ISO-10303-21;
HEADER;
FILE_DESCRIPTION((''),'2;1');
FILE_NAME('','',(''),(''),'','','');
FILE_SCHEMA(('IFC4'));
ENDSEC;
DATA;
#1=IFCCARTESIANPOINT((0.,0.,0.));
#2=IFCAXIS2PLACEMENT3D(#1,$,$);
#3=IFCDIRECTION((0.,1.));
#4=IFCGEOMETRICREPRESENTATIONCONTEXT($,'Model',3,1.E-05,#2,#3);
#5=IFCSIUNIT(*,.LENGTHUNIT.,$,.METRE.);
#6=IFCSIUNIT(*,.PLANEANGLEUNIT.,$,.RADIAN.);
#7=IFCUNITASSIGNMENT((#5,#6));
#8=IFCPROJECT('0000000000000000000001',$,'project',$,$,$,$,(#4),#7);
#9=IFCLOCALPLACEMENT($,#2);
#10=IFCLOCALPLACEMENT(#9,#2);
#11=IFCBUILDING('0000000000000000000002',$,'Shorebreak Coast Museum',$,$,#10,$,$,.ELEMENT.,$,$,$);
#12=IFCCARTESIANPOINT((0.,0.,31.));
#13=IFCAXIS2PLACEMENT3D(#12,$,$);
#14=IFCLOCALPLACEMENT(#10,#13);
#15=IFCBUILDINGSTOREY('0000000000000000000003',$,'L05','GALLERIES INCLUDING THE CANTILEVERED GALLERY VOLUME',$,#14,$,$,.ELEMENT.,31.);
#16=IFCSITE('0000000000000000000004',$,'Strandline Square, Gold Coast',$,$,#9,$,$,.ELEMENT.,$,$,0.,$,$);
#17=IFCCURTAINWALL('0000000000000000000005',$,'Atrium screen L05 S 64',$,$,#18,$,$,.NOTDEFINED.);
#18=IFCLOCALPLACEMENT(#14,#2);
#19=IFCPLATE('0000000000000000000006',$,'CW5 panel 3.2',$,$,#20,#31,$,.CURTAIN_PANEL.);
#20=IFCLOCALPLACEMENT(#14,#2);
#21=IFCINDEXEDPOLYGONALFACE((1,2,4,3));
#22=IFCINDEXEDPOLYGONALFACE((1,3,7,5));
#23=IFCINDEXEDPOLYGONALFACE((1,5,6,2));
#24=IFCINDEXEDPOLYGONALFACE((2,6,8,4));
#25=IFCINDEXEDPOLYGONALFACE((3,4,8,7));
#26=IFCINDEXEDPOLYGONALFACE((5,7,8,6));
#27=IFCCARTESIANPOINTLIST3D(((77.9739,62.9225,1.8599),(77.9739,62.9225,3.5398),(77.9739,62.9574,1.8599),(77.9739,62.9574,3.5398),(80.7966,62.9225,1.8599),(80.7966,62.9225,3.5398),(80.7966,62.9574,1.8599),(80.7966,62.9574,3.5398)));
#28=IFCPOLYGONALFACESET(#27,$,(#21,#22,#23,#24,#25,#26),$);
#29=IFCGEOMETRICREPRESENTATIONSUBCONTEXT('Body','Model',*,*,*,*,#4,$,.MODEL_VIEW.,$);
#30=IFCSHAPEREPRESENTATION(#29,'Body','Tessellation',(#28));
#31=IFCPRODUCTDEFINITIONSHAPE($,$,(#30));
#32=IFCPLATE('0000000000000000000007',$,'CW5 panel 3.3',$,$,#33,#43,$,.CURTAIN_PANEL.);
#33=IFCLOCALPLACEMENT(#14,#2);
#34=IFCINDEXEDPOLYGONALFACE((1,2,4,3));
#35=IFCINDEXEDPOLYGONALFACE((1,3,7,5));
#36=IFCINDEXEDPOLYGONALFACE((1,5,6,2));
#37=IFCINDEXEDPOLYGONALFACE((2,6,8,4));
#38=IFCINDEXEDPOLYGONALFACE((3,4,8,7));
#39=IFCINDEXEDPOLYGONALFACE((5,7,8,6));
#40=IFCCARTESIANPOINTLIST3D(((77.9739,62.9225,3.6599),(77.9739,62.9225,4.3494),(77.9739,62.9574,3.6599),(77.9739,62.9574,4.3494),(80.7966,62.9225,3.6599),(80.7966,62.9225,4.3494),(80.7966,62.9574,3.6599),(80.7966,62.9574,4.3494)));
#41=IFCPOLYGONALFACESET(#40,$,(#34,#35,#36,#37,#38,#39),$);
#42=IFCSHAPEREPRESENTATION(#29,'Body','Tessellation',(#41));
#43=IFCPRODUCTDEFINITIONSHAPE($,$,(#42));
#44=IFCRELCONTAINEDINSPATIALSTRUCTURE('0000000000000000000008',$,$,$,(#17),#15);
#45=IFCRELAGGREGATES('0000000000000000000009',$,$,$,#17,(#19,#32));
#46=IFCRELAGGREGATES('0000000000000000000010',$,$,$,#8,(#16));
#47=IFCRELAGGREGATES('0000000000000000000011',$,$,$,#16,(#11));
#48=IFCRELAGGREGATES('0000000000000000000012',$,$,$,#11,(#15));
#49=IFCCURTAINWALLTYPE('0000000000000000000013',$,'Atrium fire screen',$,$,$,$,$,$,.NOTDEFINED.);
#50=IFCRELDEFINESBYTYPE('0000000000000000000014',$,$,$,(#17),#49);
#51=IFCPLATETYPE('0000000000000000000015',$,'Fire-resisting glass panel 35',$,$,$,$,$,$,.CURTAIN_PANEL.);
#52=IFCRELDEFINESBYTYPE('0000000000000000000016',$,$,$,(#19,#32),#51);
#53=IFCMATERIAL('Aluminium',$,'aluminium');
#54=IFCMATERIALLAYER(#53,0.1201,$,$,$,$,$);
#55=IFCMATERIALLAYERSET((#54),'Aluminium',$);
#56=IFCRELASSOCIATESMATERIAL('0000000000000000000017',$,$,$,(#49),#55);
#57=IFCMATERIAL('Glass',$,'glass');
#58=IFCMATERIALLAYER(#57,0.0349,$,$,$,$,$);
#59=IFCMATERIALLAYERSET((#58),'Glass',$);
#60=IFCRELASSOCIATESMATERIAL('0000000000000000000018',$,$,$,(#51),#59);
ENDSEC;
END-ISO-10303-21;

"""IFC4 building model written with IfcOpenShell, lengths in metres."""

from ifc_helpers import new_model, si_unit, direction, frame, origin, origin_2d, place, context, subcontext, project, spatial, rectangle, extrude, material, layer, layer_set, type_object, element, aggregate, save


model = new_model("IFC4")

# Units and contexts
model_context = context("Model", 3, precision=1e-05, world=origin(), true_north=direction((0.0, 1.0)))
body_context = subcontext(model_context, "Body", "Model", "MODEL_VIEW")
ifc_project = project(units=[si_unit("LENGTHUNIT", "METRE"), si_unit("PLANEANGLEUNIT", "RADIAN")], contexts=[model_context])

# Site, building, storey
site_placement = place(None, origin())
site = spatial("IfcSite", under=ifc_project, at=site_placement, Name="Strandline Square, Gold Coast", CompositionType="ELEMENT", RefElevation=0.0)
building_placement = place(site_placement, origin())
building = spatial("IfcBuilding", under=site, at=building_placement, Name="Shorebreak Coast Museum", CompositionType="ELEMENT")
storey_placement = place(building_placement, frame((0.0, 0.0, 31.0)))
storey = spatial("IfcBuildingStorey", under=building, at=storey_placement, Name="L05", Description="GALLERIES INCLUDING THE CANTILEVERED GALLERY VOLUME", CompositionType="ELEMENT", Elevation=31.0)

# Curtain wall
ifc_material_1 = material(Name="Aluminium", Category="aluminium")
ifc_layer_1 = layer(ifc_material_1, 0.1201)
ifc_layer_set_1 = layer_set([ifc_layer_1], Name="Aluminium")
curtain_wall_type = type_object("IfcCurtainWallType", Name="Atrium fire screen", PredefinedType="NOTDEFINED", material=ifc_layer_set_1)
curtain_wall_1_placement = place(storey_placement, origin())
curtain_wall_1 = element("IfcCurtainWall", 1, at=curtain_wall_1_placement, inside=storey, type_object=curtain_wall_type, Name="Atrium screen L05 S 64", PredefinedType="NOTDEFINED")

# Plates
ifc_material_2 = material(Name="Glass", Category="glass")
ifc_layer_2 = layer(ifc_material_2, 0.0349)
ifc_layer_set_2 = layer_set([ifc_layer_2], Name="Glass")
plate_type = type_object("IfcPlateType", Name="Fire-resisting glass panel 35", PredefinedType="CURTAIN_PANEL", material=ifc_layer_set_2)
plate_1_placement = place(storey_placement, frame((79.3853, 62.9399, 1.8599), z_axis=(0.0, 0.0, 1.0), x_axis=(1.0, 0.0, 0.0)))
plate_1 = element("IfcPlate", 2, at=plate_1_placement, type_object=plate_type, Name="CW5 panel 3.2", PredefinedType="CURTAIN_PANEL", context=body_context, shape_type="SweptSolid", body=[
    extrude(rectangle(XDim=2.8228, YDim=0.0349, at=origin_2d()), origin(), (0.0, 0.0, 1.0), 1.6799),
])
plate_2_placement = place(storey_placement, frame((79.3853, 62.9399, 3.6599), z_axis=(0.0, 0.0, 1.0), x_axis=(1.0, 0.0, 0.0)))
plate_2 = element("IfcPlate", 3, at=plate_2_placement, type_object=plate_type, Name="CW5 panel 3.3", PredefinedType="CURTAIN_PANEL", context=body_context, shape_type="SweptSolid", body=[
    extrude(rectangle(XDim=2.8228, YDim=0.0349, at=origin_2d()), origin(), (0.0, 0.0, 1.0), 0.6895),
])
aggregate(curtain_wall_1, [plate_1, plate_2])

save(model, "model.ifc")
